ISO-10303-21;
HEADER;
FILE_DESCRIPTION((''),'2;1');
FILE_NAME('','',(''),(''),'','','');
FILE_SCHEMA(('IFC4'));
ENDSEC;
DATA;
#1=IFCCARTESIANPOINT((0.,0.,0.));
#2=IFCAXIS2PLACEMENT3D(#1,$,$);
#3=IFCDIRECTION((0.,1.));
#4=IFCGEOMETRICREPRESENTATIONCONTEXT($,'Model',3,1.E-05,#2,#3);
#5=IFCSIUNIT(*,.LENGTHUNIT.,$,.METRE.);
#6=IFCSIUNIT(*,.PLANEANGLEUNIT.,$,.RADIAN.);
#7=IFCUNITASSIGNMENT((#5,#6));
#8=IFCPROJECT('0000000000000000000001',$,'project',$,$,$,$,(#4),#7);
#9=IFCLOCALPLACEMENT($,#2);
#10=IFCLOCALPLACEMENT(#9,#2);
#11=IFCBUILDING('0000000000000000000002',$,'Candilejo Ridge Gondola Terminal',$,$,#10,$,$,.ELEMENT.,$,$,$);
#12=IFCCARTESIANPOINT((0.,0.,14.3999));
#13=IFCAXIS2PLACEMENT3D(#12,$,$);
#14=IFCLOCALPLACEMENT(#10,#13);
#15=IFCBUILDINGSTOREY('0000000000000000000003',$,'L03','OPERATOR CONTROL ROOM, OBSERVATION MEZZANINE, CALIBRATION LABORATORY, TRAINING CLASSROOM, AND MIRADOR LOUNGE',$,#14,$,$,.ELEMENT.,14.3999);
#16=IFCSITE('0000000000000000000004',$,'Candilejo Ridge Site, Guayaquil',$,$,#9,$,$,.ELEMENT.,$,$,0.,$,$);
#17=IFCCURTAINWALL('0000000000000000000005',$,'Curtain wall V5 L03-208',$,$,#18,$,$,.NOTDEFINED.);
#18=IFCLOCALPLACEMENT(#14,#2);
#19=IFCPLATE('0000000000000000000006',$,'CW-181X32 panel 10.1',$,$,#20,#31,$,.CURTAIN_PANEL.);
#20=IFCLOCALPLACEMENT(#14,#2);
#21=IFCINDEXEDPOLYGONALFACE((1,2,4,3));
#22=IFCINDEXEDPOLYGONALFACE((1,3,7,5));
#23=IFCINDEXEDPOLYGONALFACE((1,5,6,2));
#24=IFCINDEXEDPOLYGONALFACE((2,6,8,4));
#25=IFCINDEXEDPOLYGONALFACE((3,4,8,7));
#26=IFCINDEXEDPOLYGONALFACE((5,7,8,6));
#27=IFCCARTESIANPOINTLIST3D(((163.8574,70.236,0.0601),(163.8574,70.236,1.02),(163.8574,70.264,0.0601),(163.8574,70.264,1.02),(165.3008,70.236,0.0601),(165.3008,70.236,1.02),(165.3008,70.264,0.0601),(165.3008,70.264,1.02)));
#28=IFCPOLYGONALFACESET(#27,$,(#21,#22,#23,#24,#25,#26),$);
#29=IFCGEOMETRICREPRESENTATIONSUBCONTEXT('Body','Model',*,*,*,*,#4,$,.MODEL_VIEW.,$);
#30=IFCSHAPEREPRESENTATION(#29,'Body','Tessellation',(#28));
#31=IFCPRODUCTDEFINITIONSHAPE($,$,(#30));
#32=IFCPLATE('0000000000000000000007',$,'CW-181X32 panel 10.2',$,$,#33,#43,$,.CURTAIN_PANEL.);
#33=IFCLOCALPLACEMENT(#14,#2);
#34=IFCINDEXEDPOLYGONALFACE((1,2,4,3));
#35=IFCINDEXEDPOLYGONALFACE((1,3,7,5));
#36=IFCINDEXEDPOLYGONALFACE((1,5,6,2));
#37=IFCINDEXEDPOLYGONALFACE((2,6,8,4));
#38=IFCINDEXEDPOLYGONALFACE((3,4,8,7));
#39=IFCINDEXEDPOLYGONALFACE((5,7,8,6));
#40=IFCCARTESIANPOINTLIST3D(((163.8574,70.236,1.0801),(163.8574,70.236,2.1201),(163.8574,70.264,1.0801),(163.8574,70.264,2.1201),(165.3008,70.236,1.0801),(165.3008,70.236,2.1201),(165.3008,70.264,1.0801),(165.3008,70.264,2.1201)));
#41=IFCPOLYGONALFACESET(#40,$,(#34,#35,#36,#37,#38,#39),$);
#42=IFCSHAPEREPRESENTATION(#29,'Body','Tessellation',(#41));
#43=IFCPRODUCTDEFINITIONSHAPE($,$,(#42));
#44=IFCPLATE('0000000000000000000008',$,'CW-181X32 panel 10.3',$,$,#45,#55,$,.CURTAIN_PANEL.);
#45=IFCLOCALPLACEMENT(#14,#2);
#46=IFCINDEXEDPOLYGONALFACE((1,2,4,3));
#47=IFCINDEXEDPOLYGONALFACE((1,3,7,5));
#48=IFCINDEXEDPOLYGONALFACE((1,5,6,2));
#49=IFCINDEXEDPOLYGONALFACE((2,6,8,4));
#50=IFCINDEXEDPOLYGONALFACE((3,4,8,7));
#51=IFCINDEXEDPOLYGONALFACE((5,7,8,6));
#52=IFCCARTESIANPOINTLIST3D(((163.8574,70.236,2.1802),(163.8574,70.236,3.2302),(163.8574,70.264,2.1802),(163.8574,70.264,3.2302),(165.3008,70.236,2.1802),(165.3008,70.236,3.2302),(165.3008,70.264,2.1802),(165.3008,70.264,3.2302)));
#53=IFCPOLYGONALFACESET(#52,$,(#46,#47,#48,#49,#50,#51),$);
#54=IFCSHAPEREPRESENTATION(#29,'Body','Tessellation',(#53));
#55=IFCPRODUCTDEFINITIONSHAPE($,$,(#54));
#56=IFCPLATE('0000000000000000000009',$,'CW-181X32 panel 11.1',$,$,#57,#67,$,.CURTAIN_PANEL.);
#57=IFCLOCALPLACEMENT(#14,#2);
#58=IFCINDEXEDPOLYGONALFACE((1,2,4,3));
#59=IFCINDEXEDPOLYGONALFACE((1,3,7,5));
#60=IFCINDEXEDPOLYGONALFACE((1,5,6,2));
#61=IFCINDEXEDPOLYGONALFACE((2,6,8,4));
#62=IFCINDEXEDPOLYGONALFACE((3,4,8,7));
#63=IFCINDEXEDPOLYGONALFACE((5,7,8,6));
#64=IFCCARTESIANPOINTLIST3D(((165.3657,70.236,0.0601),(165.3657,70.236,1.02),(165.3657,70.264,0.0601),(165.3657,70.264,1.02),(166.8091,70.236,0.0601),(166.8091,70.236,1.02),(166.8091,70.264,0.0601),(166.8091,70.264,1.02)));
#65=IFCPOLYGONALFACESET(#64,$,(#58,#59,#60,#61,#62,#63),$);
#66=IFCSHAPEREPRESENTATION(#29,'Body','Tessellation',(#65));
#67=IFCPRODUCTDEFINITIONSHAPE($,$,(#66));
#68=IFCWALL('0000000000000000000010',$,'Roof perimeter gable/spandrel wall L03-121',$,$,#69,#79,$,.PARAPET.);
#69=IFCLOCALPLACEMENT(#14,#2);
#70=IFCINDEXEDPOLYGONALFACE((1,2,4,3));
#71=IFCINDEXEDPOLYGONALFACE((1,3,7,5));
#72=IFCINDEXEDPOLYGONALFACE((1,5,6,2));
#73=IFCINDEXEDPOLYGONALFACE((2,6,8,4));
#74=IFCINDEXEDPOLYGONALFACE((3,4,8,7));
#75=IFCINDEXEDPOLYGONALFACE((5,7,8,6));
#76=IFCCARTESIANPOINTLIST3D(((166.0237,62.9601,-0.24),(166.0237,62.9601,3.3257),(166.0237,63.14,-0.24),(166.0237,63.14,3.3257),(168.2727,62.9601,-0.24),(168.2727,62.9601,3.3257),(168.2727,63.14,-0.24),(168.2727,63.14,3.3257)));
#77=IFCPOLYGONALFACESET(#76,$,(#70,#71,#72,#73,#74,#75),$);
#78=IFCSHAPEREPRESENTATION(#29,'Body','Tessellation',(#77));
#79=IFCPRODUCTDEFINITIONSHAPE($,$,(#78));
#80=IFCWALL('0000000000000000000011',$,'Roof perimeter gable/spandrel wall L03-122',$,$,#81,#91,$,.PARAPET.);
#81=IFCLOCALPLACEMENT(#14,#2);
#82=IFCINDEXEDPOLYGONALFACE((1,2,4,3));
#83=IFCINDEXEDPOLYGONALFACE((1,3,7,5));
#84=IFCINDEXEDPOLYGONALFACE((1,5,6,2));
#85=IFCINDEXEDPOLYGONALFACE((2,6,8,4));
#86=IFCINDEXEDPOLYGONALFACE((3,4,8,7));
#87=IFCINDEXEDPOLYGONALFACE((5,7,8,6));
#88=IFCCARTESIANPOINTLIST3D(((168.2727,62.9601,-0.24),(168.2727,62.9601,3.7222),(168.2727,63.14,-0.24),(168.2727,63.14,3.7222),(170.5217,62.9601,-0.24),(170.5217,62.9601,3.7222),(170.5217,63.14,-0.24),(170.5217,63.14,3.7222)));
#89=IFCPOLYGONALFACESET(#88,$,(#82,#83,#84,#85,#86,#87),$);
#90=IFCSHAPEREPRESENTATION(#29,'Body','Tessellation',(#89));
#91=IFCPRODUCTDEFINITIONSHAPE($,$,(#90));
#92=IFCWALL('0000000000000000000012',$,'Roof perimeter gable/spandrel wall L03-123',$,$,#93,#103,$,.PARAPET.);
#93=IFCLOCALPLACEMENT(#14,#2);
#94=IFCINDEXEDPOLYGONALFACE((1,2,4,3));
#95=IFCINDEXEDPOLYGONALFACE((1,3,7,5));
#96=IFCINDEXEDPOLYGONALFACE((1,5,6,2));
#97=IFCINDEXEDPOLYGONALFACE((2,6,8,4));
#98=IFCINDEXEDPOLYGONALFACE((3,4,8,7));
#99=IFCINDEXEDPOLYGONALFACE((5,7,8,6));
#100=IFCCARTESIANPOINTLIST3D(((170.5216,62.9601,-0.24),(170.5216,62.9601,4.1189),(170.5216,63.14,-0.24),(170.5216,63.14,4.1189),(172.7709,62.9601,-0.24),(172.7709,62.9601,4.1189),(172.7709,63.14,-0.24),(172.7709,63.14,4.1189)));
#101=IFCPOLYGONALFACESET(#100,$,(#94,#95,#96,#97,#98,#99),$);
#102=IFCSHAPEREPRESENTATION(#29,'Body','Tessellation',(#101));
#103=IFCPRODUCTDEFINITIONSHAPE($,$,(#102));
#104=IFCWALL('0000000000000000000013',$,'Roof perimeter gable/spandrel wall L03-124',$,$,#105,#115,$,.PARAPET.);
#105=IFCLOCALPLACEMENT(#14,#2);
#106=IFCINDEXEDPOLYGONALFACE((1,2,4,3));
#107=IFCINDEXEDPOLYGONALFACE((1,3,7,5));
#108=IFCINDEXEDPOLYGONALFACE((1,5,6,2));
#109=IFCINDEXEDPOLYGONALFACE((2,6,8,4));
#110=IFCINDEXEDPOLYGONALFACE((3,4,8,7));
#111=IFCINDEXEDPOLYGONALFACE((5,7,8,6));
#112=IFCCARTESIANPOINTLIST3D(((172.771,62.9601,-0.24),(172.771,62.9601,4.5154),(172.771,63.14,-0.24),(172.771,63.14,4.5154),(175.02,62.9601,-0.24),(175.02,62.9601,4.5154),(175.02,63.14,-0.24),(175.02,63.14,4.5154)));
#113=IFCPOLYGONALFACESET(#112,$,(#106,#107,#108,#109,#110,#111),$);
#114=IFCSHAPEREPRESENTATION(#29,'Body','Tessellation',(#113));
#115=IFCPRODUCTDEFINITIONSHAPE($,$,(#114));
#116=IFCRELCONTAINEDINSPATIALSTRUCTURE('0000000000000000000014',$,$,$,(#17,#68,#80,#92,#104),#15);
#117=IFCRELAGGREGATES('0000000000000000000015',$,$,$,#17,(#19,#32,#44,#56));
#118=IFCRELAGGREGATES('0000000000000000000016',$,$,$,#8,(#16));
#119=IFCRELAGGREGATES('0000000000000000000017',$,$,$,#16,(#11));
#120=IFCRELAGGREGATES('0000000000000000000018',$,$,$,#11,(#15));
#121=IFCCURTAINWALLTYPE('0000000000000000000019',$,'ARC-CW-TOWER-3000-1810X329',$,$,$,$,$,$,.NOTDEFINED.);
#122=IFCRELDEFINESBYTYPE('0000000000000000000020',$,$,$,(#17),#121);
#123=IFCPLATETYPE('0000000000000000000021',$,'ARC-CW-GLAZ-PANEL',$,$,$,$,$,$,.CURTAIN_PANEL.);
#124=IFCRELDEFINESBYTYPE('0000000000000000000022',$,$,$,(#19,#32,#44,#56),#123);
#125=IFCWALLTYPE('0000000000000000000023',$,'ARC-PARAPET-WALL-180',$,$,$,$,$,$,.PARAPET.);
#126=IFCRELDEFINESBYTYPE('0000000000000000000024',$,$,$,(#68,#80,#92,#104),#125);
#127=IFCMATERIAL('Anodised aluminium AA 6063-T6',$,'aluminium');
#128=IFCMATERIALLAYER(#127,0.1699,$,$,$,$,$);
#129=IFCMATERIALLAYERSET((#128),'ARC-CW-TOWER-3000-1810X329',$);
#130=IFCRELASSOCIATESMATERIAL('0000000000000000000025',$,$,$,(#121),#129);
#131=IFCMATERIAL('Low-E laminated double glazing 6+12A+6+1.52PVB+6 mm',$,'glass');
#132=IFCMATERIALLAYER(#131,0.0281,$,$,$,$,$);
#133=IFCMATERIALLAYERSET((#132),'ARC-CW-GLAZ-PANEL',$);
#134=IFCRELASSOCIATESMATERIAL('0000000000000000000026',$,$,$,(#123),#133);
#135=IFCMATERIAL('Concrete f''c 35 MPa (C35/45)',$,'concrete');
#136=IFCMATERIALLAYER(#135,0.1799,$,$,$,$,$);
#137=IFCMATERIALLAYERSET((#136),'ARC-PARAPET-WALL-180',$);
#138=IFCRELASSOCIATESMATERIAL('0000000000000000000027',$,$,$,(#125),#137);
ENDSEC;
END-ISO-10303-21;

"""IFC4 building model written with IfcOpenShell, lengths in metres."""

from ifc_helpers import new_model, si_unit, direction, frame, frame_2d, origin, origin_2d, place, context, subcontext, project, spatial, rectangle, extrude, material, layer, layer_set, type_object, element, aggregate, save


model = new_model("IFC4")

# Units and contexts
model_context = context("Model", 3, precision=1e-05, world=origin(), true_north=direction((0.0, 1.0)))
body_context = subcontext(model_context, "Body", "Model", "MODEL_VIEW")
ifc_project = project(units=[si_unit("LENGTHUNIT", "METRE"), si_unit("PLANEANGLEUNIT", "RADIAN")], contexts=[model_context])

# Site, building, storey
site_placement = place(None, origin())
site = spatial("IfcSite", under=ifc_project, at=site_placement, Name="Candilejo Ridge Site, Guayaquil", CompositionType="ELEMENT", RefElevation=0.0)
building_placement = place(site_placement, origin())
building = spatial("IfcBuilding", under=site, at=building_placement, Name="Candilejo Ridge Gondola Terminal", CompositionType="ELEMENT")
storey_placement = place(building_placement, frame((0.0, 0.0, 14.3999)))
storey = spatial("IfcBuildingStorey", under=building, at=storey_placement, Name="L03", Description="OPERATOR CONTROL ROOM, OBSERVATION MEZZANINE, CALIBRATION LABORATORY, TRAINING CLASSROOM, AND MIRADOR LOUNGE", CompositionType="ELEMENT", Elevation=14.3999)

# Curtain wall, plates
ifc_material_1 = material(Name="Anodised aluminium AA 6063-T6", Category="aluminium")
ifc_layer_1 = layer(ifc_material_1, 0.1699)
ifc_layer_set_1 = layer_set([ifc_layer_1], Name="ARC-CW-TOWER-3000-1810X329")
curtain_wall_type = type_object("IfcCurtainWallType", Name="ARC-CW-TOWER-3000-1810X329", PredefinedType="NOTDEFINED", material=ifc_layer_set_1)
curtain_wall_placement = place(storey_placement, origin())
curtain_wall = element("IfcCurtainWall", 1, at=curtain_wall_placement, inside=storey, type_object=curtain_wall_type, Name="Curtain wall V5 L03-208", PredefinedType="NOTDEFINED")
ifc_material_2 = material(Name="Low-E laminated double glazing 6+12A+6+1.52PVB+6 mm", Category="glass")
ifc_layer_2 = layer(ifc_material_2, 0.0281)
ifc_layer_set_2 = layer_set([ifc_layer_2], Name="ARC-CW-GLAZ-PANEL")
plate_type = type_object("IfcPlateType", Name="ARC-CW-GLAZ-PANEL", PredefinedType="CURTAIN_PANEL", material=ifc_layer_set_2)
plate_1_placement = place(storey_placement, frame((164.5791, 70.25, 0.0601), z_axis=(0.0, 0.0, 1.0), x_axis=(1.0, 0.0, 0.0)))
plate_1 = element("IfcPlate", 2, at=plate_1_placement, type_object=plate_type, Name="CW-181X32 panel 10.1", PredefinedType="CURTAIN_PANEL", context=body_context, shape_type="SweptSolid", body=[
    extrude(rectangle(XDim=1.4434, YDim=0.0281, at=origin_2d()), origin(), (0.0, 0.0, 1.0), 0.96),
])
plate_2_placement = place(storey_placement, frame((164.5791, 70.25, 1.0801), z_axis=(0.0, 0.0, 1.0), x_axis=(1.0, 0.0, 0.0)))
plate_2 = element("IfcPlate", 3, at=plate_2_placement, type_object=plate_type, Name="CW-181X32 panel 10.2", PredefinedType="CURTAIN_PANEL", context=body_context, shape_type="SweptSolid", body=[
    extrude(rectangle(XDim=1.4434, YDim=0.0281, at=origin_2d()), origin(), (0.0, 0.0, 1.0), 1.04),
])
plate_3_placement = place(storey_placement, frame((164.5791, 70.25, 2.1802), z_axis=(0.0, 0.0, 1.0), x_axis=(1.0, 0.0, 0.0)))
plate_3 = element("IfcPlate", 4, at=plate_3_placement, type_object=plate_type, Name="CW-181X32 panel 10.3", PredefinedType="CURTAIN_PANEL", context=body_context, shape_type="SweptSolid", body=[
    extrude(rectangle(XDim=1.4434, YDim=0.0281, at=origin_2d()), origin(), (0.0, 0.0, 1.0), 1.05),
])
plate_4_placement = place(storey_placement, frame((166.0874, 70.25, 0.0601), z_axis=(0.0, 0.0, 1.0), x_axis=(1.0, 0.0, 0.0)))
plate_4 = element("IfcPlate", 5, at=plate_4_placement, type_object=plate_type, Name="CW-181X32 panel 11.1", PredefinedType="CURTAIN_PANEL", context=body_context, shape_type="SweptSolid", body=[
    extrude(rectangle(XDim=1.4434, YDim=0.0281, at=origin_2d()), origin(), (0.0, 0.0, 1.0), 0.96),
])
aggregate(curtain_wall, [plate_1, plate_2, plate_3, plate_4])

# Walls
ifc_material_3 = material(Name="Concrete f'c 35 MPa (C35/45)", Category="concrete")
ifc_layer_3 = layer(ifc_material_3, 0.1799)
ifc_layer_set_3 = layer_set([ifc_layer_3], Name="ARC-PARAPET-WALL-180")
wall_type = type_object("IfcWallType", Name="ARC-PARAPET-WALL-180", PredefinedType="PARAPET", material=ifc_layer_set_3)
wall_1_placement = place(storey_placement, frame((166.0237, 63.05, -0.24), z_axis=(0.0, 0.0, 1.0), x_axis=(1.0, 0.0, 0.0)))
element("IfcWall", 6, at=wall_1_placement, inside=storey, type_object=wall_type, Name="Roof perimeter gable/spandrel wall L03-121", PredefinedType="PARAPET", context=body_context, shape_type="SweptSolid", body=[
    extrude(rectangle(XDim=2.249, YDim=0.1799, at=frame_2d((1.1245, 0.0))), origin(), (0.0, 0.0, 1.0), 3.5657),
])
wall_2_placement = place(storey_placement, frame((168.2727, 63.05, -0.24), z_axis=(0.0, 0.0, 1.0), x_axis=(1.0, 0.0, 0.0)))
element("IfcWall", 7, at=wall_2_placement, inside=storey, type_object=wall_type, Name="Roof perimeter gable/spandrel wall L03-122", PredefinedType="PARAPET", context=body_context, shape_type="SweptSolid", body=[
    extrude(rectangle(XDim=2.249, YDim=0.1799, at=frame_2d((1.1245, 0.0))), origin(), (0.0, 0.0, 1.0), 3.9622),
])
wall_3_placement = place(storey_placement, frame((170.5217, 63.05, -0.24), z_axis=(0.0, 0.0, 1.0), x_axis=(1.0, 0.0, 0.0)))
element("IfcWall", 8, at=wall_3_placement, inside=storey, type_object=wall_type, Name="Roof perimeter gable/spandrel wall L03-123", PredefinedType="PARAPET", context=body_context, shape_type="SweptSolid", body=[
    extrude(rectangle(XDim=2.2493, YDim=0.1799, at=frame_2d((1.1245, 0.0))), origin(), (0.0, 0.0, 1.0), 4.3589),
])
wall_4_placement = place(storey_placement, frame((172.771, 63.05, -0.24), z_axis=(0.0, 0.0, 1.0), x_axis=(1.0, 0.0, 0.0)))
element("IfcWall", 9, at=wall_4_placement, inside=storey, type_object=wall_type, Name="Roof perimeter gable/spandrel wall L03-124", PredefinedType="PARAPET", context=body_context, shape_type="SweptSolid", body=[
    extrude(rectangle(XDim=2.249, YDim=0.1799, at=frame_2d((1.1245, 0.0))), origin(), (0.0, 0.0, 1.0), 4.7554),
])

save(model, "model.ifc")
